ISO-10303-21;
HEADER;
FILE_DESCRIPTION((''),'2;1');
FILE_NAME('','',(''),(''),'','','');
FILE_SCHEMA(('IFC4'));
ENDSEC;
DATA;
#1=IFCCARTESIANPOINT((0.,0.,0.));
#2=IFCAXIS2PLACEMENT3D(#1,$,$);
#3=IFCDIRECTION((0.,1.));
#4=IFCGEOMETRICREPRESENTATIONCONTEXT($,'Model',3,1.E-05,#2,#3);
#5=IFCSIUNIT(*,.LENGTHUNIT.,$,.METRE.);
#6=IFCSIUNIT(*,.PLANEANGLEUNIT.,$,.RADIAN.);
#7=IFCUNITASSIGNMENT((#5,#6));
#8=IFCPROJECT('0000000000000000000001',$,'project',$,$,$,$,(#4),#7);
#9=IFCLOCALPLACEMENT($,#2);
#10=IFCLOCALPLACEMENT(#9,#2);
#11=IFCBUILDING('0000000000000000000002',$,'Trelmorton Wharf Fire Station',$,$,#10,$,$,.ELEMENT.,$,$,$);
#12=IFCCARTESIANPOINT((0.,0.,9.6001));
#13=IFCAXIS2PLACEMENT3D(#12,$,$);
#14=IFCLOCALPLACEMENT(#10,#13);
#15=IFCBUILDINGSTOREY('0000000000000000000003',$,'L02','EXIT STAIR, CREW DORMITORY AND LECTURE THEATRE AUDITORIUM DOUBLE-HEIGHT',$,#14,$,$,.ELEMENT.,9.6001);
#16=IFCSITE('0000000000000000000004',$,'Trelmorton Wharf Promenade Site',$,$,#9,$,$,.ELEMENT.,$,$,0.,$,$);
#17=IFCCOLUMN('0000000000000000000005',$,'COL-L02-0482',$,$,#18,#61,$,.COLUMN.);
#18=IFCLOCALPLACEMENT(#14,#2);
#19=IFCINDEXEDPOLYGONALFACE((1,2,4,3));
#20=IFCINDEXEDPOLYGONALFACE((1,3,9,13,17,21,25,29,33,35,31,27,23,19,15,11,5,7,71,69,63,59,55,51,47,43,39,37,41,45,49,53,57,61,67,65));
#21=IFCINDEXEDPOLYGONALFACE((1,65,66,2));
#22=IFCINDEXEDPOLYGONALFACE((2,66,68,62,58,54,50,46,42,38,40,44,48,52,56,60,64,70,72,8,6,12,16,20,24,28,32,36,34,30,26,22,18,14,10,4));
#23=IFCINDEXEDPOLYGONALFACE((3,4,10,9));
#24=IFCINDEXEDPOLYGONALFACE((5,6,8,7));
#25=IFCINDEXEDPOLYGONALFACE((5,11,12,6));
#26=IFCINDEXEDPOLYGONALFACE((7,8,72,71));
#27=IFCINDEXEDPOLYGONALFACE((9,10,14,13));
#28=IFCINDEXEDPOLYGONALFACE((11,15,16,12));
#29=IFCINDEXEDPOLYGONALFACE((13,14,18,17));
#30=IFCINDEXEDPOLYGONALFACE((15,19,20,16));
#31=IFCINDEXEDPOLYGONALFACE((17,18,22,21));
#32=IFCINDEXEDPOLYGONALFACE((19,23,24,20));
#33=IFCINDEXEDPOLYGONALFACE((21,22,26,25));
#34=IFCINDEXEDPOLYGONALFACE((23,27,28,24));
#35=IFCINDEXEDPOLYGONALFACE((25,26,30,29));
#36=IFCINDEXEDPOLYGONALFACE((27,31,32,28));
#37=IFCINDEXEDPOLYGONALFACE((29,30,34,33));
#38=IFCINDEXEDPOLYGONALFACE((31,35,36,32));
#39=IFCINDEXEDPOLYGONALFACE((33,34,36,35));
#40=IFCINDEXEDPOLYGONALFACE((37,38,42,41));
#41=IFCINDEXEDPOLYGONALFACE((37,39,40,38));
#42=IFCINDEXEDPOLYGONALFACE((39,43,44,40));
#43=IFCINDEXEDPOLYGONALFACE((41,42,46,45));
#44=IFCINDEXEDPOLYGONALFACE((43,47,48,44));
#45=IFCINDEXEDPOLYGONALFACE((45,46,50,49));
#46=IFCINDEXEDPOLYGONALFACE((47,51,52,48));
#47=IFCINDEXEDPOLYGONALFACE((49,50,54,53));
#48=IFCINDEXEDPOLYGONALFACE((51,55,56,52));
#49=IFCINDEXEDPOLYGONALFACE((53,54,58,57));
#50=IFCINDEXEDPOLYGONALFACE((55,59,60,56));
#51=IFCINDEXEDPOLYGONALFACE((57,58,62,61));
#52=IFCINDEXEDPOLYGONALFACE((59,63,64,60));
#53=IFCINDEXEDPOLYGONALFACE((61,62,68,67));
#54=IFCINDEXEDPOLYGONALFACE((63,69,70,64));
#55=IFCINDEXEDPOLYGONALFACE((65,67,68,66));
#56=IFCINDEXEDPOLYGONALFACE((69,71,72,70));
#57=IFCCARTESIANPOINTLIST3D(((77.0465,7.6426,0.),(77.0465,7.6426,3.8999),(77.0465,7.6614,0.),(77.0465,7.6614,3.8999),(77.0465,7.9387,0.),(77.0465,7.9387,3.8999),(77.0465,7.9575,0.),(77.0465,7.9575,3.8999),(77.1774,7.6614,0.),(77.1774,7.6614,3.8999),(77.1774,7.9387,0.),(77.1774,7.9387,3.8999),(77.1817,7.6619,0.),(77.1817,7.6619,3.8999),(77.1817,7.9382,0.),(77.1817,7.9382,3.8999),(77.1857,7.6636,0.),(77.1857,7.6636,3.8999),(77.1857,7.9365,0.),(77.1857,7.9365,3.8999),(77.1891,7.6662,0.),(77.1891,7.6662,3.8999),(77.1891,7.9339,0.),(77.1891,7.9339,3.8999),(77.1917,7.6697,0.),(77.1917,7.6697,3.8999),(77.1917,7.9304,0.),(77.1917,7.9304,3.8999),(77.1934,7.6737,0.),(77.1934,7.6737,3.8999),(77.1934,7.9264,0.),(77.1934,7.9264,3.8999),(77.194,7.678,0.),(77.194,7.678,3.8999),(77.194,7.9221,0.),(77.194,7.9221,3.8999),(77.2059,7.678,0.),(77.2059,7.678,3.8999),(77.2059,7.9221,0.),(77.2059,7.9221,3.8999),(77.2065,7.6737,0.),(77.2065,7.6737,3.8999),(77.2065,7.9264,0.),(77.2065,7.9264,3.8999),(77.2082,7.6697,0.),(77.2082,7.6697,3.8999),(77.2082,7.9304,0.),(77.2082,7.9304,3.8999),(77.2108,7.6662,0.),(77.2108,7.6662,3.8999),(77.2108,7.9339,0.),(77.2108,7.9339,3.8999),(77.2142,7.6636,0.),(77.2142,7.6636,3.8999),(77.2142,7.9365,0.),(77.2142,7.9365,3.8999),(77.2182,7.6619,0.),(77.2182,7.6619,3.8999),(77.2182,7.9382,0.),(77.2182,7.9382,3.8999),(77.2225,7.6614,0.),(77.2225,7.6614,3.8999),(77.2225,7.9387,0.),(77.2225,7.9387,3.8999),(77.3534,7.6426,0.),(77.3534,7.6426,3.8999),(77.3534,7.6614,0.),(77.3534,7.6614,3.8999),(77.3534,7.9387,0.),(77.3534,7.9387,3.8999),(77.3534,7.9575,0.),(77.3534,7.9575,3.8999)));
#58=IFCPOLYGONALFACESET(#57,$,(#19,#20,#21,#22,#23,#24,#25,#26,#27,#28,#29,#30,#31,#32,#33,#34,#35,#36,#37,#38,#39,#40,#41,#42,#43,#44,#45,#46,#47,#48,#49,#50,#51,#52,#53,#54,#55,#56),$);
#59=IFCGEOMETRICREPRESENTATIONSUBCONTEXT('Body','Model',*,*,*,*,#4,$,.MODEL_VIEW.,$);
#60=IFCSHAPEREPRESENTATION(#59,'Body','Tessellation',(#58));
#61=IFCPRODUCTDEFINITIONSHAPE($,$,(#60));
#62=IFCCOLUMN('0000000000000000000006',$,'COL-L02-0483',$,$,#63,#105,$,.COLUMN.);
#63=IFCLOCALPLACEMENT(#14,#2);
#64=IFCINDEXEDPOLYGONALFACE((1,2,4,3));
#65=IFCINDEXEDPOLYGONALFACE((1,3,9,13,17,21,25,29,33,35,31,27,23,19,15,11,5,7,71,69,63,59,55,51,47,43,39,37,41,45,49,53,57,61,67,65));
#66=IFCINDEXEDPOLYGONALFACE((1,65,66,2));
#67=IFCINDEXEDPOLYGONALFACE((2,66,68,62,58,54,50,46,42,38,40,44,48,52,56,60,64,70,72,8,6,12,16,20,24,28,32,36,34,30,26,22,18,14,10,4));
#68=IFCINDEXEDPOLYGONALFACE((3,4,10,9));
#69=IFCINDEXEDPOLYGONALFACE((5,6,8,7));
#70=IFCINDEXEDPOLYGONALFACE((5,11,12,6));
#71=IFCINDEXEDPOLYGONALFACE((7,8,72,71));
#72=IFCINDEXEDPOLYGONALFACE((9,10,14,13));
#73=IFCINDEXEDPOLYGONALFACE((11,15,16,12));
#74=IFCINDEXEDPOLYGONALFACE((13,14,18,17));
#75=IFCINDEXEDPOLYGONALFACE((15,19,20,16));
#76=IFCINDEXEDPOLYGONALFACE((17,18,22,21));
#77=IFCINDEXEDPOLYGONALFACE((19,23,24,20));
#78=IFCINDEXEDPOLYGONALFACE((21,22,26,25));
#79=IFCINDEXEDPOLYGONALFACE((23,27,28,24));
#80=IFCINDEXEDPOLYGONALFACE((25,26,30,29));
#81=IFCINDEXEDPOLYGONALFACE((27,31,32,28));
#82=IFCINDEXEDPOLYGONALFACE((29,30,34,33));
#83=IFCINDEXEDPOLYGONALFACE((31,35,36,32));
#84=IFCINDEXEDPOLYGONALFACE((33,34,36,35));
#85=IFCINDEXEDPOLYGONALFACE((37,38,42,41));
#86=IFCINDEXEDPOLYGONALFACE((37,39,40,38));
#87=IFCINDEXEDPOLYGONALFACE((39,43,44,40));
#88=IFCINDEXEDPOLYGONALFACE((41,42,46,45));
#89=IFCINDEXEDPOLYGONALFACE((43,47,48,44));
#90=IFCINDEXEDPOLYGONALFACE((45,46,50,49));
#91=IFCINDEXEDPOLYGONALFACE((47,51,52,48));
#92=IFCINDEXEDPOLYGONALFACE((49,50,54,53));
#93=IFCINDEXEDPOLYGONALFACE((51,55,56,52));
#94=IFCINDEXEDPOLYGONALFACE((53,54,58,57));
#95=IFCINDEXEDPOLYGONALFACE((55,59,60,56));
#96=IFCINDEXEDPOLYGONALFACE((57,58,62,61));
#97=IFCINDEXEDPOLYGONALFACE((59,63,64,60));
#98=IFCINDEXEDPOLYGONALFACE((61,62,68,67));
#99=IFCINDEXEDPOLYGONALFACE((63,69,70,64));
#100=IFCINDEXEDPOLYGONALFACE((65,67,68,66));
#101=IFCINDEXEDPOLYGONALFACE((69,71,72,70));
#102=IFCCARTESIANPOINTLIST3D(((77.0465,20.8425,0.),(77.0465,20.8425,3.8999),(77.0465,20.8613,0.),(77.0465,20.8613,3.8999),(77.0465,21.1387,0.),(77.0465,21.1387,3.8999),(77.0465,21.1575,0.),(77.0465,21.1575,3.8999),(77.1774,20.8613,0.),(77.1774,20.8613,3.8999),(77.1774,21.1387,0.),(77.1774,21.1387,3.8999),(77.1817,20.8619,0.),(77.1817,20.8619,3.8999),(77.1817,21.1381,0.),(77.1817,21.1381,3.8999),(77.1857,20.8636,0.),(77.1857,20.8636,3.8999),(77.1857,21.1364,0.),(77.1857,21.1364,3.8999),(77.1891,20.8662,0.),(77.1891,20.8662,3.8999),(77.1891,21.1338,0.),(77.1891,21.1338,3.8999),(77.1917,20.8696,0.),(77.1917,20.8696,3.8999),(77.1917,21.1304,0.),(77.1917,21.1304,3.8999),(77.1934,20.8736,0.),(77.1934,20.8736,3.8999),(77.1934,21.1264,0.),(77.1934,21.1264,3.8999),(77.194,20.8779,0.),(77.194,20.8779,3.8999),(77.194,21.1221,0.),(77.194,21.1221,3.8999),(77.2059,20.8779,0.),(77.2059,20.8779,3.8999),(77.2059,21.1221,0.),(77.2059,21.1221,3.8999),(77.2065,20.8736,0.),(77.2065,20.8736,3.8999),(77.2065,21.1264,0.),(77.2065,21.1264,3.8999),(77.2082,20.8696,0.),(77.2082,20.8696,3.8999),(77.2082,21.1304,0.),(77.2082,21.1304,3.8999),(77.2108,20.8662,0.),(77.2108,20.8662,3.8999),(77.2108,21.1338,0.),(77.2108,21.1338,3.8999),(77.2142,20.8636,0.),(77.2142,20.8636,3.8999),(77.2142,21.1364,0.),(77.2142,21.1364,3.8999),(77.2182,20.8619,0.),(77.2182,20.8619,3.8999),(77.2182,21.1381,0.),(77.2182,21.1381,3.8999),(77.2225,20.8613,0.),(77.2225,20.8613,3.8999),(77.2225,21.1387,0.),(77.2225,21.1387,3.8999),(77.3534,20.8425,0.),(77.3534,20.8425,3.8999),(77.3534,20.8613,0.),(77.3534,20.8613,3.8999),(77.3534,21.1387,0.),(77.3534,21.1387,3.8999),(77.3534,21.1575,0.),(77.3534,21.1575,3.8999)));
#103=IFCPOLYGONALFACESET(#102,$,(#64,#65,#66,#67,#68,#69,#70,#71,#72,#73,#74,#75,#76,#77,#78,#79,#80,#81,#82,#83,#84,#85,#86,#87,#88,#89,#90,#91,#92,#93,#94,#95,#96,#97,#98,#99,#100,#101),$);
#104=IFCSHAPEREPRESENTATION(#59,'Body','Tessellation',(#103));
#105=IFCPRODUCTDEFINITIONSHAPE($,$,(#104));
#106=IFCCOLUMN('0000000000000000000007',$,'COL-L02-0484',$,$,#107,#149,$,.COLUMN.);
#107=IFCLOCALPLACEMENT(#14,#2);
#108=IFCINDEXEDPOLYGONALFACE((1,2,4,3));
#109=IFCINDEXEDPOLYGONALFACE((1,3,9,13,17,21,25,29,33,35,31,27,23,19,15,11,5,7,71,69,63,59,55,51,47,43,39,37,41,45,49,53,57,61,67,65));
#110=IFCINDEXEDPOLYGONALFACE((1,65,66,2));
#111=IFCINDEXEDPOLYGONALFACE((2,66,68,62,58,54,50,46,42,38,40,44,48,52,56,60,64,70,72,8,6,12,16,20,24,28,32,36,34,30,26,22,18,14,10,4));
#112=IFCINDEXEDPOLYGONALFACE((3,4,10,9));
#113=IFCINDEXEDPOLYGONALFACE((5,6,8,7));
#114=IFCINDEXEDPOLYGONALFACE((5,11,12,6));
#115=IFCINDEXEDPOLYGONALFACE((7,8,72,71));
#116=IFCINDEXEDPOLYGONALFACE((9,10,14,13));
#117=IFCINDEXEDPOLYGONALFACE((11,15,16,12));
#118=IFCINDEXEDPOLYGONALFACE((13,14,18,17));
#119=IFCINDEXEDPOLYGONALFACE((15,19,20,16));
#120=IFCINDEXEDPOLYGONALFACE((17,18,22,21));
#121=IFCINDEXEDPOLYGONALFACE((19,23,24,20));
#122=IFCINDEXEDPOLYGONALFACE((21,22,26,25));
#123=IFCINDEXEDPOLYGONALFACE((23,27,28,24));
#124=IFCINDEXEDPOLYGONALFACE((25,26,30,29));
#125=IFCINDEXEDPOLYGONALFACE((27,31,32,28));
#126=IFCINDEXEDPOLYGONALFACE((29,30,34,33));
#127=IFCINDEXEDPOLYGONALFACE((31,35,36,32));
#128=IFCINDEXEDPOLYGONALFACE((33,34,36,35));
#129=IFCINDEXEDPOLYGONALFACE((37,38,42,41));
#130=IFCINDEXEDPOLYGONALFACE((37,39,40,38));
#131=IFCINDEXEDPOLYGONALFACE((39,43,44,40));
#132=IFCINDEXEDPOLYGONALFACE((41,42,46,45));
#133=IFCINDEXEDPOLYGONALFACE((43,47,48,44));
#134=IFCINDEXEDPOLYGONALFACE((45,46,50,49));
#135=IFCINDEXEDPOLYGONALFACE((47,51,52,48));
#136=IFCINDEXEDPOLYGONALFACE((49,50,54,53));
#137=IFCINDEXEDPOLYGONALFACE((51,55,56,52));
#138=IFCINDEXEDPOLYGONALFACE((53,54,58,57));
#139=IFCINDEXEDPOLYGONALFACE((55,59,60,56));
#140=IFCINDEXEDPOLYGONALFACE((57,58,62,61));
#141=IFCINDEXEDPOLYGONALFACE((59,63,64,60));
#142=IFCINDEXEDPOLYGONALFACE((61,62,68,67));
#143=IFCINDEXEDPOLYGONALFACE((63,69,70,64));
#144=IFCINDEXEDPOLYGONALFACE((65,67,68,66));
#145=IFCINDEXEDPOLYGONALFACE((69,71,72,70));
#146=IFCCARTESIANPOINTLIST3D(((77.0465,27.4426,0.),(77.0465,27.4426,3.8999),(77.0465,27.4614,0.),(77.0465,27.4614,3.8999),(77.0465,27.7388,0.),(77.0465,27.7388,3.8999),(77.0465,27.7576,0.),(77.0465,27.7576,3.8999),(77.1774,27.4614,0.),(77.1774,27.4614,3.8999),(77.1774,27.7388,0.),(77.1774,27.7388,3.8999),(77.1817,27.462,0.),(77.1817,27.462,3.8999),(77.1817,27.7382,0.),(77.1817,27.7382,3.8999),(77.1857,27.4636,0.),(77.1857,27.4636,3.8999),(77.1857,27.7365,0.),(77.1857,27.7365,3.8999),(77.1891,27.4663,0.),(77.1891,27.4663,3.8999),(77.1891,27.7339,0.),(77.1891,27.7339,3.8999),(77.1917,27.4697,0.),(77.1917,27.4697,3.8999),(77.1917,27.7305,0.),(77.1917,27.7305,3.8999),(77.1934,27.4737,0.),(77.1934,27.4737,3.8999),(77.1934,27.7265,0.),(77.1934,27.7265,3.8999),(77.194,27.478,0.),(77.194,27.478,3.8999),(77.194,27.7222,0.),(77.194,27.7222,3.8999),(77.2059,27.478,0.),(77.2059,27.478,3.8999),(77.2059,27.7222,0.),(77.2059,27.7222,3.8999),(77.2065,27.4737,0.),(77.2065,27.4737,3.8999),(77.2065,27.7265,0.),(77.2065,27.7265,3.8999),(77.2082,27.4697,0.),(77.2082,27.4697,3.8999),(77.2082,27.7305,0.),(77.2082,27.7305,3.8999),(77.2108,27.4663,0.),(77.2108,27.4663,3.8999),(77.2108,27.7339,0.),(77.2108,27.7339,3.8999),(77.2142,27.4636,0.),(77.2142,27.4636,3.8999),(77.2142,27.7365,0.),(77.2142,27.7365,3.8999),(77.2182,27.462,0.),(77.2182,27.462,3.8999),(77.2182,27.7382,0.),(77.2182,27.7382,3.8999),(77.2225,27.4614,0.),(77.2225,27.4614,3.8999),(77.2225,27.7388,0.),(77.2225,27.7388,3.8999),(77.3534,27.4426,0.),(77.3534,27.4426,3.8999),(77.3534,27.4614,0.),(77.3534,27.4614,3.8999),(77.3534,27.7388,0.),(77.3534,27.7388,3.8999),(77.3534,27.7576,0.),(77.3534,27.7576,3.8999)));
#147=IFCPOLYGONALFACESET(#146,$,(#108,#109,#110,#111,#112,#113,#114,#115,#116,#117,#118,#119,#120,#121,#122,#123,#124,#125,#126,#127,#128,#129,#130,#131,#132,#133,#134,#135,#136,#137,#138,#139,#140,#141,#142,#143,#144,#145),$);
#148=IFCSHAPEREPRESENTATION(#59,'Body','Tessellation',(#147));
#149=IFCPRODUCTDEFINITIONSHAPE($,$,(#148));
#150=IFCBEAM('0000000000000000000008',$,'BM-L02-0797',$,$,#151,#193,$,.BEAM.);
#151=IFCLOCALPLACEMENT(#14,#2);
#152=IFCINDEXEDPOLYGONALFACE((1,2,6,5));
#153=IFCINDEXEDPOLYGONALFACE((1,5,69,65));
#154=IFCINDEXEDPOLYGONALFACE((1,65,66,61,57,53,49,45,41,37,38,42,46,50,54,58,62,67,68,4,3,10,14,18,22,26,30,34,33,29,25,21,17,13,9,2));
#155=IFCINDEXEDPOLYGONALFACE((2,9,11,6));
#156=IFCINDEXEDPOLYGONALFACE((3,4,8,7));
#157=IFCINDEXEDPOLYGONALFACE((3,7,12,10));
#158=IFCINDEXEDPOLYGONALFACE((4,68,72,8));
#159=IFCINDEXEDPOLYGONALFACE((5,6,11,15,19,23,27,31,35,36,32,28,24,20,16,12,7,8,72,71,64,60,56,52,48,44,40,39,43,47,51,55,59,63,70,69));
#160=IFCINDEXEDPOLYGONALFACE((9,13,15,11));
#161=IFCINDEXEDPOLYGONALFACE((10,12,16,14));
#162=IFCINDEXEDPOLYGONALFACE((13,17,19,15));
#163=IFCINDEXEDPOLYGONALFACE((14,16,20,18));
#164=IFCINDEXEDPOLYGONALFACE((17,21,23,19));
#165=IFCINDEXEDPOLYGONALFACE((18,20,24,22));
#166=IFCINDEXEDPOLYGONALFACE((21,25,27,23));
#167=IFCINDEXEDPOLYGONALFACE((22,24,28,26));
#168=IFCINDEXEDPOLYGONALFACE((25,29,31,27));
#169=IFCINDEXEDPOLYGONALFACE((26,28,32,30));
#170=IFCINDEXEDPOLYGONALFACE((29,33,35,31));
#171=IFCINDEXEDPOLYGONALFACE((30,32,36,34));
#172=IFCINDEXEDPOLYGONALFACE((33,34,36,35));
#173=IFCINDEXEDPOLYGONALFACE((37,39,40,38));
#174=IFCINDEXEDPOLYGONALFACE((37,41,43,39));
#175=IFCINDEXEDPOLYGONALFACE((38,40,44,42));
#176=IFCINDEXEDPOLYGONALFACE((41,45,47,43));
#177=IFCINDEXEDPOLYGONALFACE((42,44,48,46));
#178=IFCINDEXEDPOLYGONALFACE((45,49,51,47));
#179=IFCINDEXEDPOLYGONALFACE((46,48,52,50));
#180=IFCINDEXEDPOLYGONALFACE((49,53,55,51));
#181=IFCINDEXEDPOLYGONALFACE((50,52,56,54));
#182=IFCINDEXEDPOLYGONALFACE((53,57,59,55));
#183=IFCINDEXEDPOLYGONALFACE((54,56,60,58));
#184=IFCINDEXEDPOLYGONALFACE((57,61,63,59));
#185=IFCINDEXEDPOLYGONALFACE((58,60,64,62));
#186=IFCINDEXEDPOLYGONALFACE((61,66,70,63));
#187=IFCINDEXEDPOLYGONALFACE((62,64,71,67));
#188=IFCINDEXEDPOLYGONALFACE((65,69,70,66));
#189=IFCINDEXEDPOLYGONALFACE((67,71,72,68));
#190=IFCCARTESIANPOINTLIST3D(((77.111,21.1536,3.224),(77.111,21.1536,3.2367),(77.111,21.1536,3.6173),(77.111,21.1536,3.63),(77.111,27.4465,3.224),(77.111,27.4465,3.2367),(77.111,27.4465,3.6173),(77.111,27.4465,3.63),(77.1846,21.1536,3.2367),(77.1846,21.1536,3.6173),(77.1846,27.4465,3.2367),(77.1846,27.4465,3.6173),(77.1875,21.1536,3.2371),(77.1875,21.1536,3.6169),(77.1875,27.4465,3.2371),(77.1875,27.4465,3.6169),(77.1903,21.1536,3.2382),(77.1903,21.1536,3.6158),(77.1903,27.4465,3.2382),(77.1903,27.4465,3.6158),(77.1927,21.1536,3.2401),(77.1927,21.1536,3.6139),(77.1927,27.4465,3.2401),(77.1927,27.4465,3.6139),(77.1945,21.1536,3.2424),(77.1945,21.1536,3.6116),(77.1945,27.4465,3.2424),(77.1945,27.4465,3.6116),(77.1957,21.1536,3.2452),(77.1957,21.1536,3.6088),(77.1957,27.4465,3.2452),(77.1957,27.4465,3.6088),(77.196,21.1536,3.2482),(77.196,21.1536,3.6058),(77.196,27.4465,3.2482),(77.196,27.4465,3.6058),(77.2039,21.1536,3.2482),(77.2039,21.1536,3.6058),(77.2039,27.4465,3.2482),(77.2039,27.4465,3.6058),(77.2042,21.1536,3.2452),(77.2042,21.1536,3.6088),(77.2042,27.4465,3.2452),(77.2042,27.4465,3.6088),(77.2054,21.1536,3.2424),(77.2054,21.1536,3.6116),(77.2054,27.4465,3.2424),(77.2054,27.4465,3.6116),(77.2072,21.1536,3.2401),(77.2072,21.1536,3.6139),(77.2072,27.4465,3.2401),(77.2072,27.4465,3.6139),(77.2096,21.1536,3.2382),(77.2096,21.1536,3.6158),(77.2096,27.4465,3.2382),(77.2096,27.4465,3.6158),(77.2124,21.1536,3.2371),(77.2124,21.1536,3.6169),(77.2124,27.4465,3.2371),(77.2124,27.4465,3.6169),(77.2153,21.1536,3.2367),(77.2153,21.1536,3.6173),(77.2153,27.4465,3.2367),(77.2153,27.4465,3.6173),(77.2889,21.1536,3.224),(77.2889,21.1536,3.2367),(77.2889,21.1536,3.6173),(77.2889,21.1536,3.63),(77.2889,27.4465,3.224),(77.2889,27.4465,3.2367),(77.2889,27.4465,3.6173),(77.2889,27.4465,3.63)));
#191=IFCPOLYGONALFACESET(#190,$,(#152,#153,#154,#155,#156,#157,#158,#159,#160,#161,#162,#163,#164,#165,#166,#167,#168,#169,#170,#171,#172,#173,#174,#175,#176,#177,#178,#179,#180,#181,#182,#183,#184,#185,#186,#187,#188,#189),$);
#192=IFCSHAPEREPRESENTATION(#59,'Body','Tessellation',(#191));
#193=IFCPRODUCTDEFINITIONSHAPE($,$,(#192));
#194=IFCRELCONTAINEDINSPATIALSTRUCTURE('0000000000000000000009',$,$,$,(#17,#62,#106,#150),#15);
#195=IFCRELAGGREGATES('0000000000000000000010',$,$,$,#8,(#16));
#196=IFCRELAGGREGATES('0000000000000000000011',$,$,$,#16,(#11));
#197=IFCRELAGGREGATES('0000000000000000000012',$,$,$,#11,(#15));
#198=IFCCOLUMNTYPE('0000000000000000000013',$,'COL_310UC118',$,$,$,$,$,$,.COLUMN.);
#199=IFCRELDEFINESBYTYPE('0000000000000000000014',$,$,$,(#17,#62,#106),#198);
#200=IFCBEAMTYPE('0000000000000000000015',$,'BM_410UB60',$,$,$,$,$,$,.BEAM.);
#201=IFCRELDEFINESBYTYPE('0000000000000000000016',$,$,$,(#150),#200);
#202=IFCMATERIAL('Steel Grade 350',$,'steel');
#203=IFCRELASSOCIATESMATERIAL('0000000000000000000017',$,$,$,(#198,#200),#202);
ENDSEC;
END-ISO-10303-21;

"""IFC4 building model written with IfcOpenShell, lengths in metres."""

from ifc_helpers import new_model, si_unit, direction, frame, origin, origin_2d, place, context, subcontext, project, spatial, i_section, extrude, material, material_profile, profile_set, type_object, element, save


model = new_model("IFC4")

# Units and contexts
model_context = context("Model", 3, precision=1e-05, world=origin(), true_north=direction((0.0, 1.0)))
body_context = subcontext(model_context, "Body", "Model", "MODEL_VIEW")
ifc_project = project(units=[si_unit("LENGTHUNIT", "METRE"), si_unit("PLANEANGLEUNIT", "RADIAN")], contexts=[model_context])

# Site, building, storey
site_placement = place(None, origin())
site = spatial("IfcSite", under=ifc_project, at=site_placement, Name="Trelmorton Wharf Promenade Site", CompositionType="ELEMENT", RefElevation=0.0)
building_placement = place(site_placement, origin())
building = spatial("IfcBuilding", under=site, at=building_placement, Name="Trelmorton Wharf Fire Station", CompositionType="ELEMENT")
storey_placement = place(building_placement, frame((0.0, 0.0, 9.6001)))
storey = spatial("IfcBuildingStorey", under=building, at=storey_placement, Name="L02", Description="EXIT STAIR, CREW DORMITORY AND LECTURE THEATRE AUDITORIUM DOUBLE-HEIGHT", CompositionType="ELEMENT", Elevation=9.6001)

# Columns
ifc_material_1 = material(Name="Steel Grade 350", Category="steel")
ifc_material_profile_1 = material_profile(ifc_material_1, i_section(OverallWidth=0.3069, OverallDepth=0.3149, WebThickness=0.012, FlangeThickness=0.0188, FilletRadius=0.0166, at=origin_2d()), Name="310UC118")
ifc_profile_set_1 = profile_set([ifc_material_profile_1], Name="Steel Grade 350")
column_type = type_object("IfcColumnType", Name="COL_310UC118", PredefinedType="COLUMN", material=ifc_profile_set_1)
for number, where, z_axis, x_axis, name in (
    (1, (77.2, 7.8, 0.0), (0.0, 0.0, 1.0), (1.0, 0.0, 0.0), "COL-L02-0482"),
    (2, (77.2, 21.0, 0.0), (0.0, 0.0, 1.0), (1.0, 0.0, 0.0), "COL-L02-0483"),
    (3, (77.2, 27.6001, 0.0), (0.0, 0.0, 1.0), (1.0, 0.0, 0.0), "COL-L02-0484"),
):
    element("IfcColumn", number, at=place(storey_placement, frame(where, z_axis=z_axis, x_axis=x_axis)), inside=storey, type_object=column_type, Name=name, PredefinedType="COLUMN", context=body_context, shape_type="SweptSolid", body=[
        extrude(i_section(OverallWidth=0.3069, OverallDepth=0.3149, WebThickness=0.012, FlangeThickness=0.0188, FilletRadius=0.0166, at=origin_2d()), origin(), (0.0, 0.0, 1.0), 3.8999),
    ])

# Beam
ifc_material_profile_2 = material_profile(ifc_material_1, i_section(OverallWidth=0.178, OverallDepth=0.406, WebThickness=0.0078, FlangeThickness=0.0127, FilletRadius=0.0115, at=origin_2d()), Name="410UB59.7")
ifc_profile_set_2 = profile_set([ifc_material_profile_2], Name="Steel Grade 350")
beam_type_1 = type_object("IfcBeamType", Name="BM_410UB60", PredefinedType="BEAM", material=ifc_profile_set_2)
beam_1_placement = place(storey_placement, frame((77.2, 21.1536, 3.427), z_axis=(0.0, 1.0, 0.0), x_axis=(-1.0, 0.0, 0.0)))
element("IfcBeam", 4, at=beam_1_placement, inside=storey, type_object=beam_type_1, Name="BM-L02-0797", PredefinedType="BEAM", context=body_context, shape_type="SweptSolid", body=[
    extrude(i_section(OverallWidth=0.178, OverallDepth=0.406, WebThickness=0.0078, FlangeThickness=0.0127, FilletRadius=0.0115, at=origin_2d()), origin(), (0.0, 0.0, 1.0), 6.293),
])

save(model, "model.ifc")
